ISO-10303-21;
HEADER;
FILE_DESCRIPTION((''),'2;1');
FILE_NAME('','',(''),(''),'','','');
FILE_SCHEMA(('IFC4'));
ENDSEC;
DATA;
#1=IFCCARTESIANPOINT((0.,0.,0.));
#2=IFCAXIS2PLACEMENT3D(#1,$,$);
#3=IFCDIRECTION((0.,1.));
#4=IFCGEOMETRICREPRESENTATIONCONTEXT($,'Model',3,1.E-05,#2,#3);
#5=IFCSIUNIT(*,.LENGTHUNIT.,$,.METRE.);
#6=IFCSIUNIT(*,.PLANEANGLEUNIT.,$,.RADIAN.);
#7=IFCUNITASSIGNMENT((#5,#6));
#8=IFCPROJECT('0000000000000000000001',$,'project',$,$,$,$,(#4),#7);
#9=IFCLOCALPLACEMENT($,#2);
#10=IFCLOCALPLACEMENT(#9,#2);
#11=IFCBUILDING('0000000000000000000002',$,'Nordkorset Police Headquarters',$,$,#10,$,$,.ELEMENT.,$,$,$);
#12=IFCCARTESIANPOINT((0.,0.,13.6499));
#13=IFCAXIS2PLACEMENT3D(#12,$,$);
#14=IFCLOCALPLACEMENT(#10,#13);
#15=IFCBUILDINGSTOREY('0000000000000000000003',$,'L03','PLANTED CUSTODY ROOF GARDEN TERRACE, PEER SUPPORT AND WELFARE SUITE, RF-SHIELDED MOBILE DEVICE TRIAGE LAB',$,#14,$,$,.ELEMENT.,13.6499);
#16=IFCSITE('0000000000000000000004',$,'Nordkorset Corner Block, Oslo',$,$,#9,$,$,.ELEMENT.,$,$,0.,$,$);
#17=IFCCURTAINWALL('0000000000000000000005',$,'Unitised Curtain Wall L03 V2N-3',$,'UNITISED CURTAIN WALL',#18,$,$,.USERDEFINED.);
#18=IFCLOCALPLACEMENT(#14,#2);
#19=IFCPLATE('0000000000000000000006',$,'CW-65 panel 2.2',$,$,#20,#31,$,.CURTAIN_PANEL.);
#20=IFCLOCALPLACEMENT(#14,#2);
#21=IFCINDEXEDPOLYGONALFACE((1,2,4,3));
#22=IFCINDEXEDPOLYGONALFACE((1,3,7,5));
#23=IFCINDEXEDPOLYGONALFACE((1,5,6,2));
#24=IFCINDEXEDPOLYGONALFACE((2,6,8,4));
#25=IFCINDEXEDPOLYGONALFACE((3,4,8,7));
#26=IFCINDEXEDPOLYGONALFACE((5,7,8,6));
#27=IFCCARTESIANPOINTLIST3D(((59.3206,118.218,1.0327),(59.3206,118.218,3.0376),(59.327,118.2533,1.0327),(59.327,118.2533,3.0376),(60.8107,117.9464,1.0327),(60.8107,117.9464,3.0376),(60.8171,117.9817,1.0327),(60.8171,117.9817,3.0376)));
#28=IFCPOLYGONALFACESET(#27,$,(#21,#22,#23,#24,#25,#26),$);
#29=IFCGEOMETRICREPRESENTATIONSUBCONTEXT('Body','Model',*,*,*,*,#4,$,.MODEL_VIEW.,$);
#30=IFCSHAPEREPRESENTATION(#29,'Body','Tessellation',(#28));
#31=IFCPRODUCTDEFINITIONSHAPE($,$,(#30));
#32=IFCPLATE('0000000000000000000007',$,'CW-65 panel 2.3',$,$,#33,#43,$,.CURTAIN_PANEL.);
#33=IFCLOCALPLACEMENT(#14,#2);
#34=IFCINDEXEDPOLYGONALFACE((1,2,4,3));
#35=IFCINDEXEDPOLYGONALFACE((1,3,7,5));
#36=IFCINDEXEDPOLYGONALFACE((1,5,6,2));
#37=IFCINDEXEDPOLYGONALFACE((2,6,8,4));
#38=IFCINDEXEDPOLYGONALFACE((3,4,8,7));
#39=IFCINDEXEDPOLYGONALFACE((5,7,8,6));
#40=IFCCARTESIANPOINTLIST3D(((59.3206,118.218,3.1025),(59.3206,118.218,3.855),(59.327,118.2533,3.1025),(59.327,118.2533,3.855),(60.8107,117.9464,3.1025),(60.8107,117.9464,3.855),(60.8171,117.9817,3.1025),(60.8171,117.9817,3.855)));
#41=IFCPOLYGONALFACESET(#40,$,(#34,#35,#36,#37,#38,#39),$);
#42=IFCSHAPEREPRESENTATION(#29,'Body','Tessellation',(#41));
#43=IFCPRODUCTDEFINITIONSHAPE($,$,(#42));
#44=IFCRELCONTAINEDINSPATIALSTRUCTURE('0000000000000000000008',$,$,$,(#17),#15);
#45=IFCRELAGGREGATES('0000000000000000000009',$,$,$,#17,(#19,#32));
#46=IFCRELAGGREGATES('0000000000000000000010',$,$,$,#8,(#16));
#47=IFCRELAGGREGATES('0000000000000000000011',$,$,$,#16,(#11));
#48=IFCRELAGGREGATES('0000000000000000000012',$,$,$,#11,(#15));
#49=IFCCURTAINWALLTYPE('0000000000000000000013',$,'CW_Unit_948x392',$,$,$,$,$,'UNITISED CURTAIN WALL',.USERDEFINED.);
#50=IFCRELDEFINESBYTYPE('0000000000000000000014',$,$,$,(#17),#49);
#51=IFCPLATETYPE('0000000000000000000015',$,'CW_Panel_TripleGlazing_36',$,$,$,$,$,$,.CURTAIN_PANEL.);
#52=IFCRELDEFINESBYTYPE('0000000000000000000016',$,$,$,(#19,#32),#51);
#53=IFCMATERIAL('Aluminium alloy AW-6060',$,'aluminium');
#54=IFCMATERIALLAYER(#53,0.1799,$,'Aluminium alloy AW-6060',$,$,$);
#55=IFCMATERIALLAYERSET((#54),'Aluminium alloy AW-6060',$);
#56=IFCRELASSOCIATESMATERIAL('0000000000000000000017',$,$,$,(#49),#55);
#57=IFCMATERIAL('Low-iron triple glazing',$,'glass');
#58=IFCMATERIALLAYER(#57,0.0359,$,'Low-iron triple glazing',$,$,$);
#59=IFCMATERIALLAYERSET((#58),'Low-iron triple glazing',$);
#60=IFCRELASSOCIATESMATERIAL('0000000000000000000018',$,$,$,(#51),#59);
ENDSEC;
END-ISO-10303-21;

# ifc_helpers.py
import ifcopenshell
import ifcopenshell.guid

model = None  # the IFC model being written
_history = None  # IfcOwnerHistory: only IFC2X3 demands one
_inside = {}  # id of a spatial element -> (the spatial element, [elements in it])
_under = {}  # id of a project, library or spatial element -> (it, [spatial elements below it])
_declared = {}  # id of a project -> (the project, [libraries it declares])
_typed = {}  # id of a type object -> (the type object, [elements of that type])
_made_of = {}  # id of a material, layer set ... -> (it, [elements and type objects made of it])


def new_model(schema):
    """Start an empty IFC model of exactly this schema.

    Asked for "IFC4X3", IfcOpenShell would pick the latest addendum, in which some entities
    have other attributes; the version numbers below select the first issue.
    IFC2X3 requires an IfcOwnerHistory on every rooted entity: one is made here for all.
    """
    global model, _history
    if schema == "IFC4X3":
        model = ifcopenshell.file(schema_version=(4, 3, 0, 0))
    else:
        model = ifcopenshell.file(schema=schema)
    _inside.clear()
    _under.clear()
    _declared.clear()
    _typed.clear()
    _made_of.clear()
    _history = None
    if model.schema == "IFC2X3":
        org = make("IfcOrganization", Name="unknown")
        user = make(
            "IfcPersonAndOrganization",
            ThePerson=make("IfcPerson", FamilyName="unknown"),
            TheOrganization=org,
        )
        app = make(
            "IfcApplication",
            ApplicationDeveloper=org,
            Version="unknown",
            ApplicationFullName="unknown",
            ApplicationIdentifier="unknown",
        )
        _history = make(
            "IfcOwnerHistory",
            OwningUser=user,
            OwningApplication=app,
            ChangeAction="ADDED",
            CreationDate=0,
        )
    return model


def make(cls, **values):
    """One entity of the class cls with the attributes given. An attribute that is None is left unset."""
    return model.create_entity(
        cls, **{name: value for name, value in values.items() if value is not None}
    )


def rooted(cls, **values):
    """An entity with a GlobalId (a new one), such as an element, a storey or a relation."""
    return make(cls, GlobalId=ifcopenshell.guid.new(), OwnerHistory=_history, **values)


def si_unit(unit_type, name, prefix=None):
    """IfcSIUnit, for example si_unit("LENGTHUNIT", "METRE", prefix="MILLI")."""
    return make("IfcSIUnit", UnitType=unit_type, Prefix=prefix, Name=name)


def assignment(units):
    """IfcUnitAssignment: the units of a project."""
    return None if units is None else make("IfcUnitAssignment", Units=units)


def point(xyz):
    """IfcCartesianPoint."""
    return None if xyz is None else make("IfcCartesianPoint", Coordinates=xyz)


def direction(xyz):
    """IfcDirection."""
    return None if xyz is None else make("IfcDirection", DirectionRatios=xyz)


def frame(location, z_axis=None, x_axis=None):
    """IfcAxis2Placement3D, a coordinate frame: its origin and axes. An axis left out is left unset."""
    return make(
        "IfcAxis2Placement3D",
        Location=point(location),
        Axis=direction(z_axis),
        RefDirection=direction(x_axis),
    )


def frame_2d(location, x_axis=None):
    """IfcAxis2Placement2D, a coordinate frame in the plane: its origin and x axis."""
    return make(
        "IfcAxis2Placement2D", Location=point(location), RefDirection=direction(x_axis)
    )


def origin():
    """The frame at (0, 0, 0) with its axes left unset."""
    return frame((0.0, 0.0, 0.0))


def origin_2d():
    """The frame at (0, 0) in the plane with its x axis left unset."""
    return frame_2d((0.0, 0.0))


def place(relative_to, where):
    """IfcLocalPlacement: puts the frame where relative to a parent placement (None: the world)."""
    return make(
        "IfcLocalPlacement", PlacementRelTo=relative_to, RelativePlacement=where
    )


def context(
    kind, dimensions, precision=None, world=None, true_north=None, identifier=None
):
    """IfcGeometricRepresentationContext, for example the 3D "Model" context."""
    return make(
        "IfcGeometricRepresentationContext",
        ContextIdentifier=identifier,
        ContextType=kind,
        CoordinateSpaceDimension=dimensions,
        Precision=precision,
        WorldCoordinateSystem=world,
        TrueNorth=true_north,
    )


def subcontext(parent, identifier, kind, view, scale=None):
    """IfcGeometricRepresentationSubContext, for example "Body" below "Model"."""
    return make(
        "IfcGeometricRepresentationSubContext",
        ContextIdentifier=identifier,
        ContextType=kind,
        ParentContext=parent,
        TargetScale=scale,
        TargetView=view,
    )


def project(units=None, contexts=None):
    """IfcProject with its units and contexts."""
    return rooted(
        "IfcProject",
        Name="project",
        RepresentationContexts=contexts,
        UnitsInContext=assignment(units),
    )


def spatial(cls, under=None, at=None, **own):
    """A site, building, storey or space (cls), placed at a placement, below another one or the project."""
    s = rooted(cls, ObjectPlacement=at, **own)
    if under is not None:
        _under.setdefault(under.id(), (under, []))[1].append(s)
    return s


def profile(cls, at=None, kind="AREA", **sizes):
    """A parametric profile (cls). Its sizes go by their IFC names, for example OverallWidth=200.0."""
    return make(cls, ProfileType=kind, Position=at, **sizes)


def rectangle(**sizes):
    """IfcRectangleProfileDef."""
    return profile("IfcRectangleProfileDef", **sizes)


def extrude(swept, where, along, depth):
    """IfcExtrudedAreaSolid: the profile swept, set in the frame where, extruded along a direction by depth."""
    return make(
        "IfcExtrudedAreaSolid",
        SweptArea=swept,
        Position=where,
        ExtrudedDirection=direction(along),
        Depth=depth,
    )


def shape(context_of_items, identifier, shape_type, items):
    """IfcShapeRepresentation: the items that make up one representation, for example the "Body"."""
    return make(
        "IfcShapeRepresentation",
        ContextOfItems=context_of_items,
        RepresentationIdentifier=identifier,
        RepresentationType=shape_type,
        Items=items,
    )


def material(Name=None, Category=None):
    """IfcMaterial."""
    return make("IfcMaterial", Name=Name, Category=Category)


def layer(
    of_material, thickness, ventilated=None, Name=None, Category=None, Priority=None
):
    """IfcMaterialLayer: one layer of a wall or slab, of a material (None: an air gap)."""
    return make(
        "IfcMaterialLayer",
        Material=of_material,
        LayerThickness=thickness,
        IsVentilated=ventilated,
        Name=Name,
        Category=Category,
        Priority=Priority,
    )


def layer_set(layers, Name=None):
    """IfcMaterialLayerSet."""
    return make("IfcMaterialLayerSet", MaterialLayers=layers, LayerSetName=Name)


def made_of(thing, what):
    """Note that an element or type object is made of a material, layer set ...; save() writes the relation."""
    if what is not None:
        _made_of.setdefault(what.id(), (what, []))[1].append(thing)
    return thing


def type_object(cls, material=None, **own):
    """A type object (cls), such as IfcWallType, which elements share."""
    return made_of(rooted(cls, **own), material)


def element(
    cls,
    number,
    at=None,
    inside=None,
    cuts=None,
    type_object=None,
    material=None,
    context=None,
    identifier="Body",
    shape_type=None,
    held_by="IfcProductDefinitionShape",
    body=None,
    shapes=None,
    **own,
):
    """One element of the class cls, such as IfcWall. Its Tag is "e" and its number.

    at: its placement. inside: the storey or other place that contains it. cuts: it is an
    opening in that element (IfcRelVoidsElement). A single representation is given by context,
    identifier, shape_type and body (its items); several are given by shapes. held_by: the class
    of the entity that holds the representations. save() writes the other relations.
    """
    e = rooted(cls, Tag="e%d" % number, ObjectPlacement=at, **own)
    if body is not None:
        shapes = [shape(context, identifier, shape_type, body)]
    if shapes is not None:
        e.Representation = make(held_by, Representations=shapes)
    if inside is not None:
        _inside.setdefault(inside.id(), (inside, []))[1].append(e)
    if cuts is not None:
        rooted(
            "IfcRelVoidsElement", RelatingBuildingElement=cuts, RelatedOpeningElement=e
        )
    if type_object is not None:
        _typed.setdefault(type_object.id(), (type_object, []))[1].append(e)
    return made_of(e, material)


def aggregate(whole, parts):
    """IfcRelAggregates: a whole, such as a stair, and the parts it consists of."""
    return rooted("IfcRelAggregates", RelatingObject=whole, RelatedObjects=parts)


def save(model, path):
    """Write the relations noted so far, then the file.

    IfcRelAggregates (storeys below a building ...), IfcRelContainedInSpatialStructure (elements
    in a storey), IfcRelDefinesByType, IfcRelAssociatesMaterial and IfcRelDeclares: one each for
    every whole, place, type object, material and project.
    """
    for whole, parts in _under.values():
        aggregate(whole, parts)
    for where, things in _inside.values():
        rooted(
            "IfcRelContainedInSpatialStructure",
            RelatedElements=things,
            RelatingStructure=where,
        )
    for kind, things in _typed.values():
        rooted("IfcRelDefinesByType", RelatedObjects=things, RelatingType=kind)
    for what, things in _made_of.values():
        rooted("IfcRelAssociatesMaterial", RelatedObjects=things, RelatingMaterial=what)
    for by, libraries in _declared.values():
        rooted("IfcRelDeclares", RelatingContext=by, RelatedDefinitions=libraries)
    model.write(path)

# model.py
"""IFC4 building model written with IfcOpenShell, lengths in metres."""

from ifc_helpers import new_model, si_unit, direction, frame, origin, origin_2d, place, context, subcontext, project, spatial, rectangle, extrude, material, layer, layer_set, type_object, element, aggregate, save


model = new_model("IFC4")

# Units and contexts
model_context = context("Model", 3, precision=1e-05, world=origin(), true_north=direction((0.0, 1.0)))
body_context = subcontext(model_context, "Body", "Model", "MODEL_VIEW")
ifc_project = project(units=[si_unit("LENGTHUNIT", "METRE"), si_unit("PLANEANGLEUNIT", "RADIAN")], contexts=[model_context])

# Site, building, storey
site_placement = place(None, origin())
site = spatial("IfcSite", under=ifc_project, at=site_placement, Name="Nordkorset Corner Block, Oslo", CompositionType="ELEMENT", RefElevation=0.0)
building_placement = place(site_placement, origin())
building = spatial("IfcBuilding", under=site, at=building_placement, Name="Nordkorset Police Headquarters", CompositionType="ELEMENT")
storey_placement = place(building_placement, frame((0.0, 0.0, 13.6499)))
storey = spatial("IfcBuildingStorey", under=building, at=storey_placement, Name="L03", Description="PLANTED CUSTODY ROOF GARDEN TERRACE, PEER SUPPORT AND WELFARE SUITE, RF-SHIELDED MOBILE DEVICE TRIAGE LAB", CompositionType="ELEMENT", Elevation=13.6499)

# Curtain wall
ifc_material_1 = material(Name="Aluminium alloy AW-6060", Category="aluminium")
ifc_layer_1 = layer(ifc_material_1, 0.1799, Name="Aluminium alloy AW-6060")
ifc_layer_set_1 = layer_set([ifc_layer_1], Name="Aluminium alloy AW-6060")
curtain_wall_type_1 = type_object("IfcCurtainWallType", Name="CW_Unit_948x392", ElementType="UNITISED CURTAIN WALL", PredefinedType="USERDEFINED", material=ifc_layer_set_1)
curtain_wall_1_placement = place(storey_placement, origin())
curtain_wall_1 = element("IfcCurtainWall", 1, at=curtain_wall_1_placement, inside=storey, type_object=curtain_wall_type_1, Name="Unitised Curtain Wall L03 V2N-3", ObjectType="UNITISED CURTAIN WALL", PredefinedType="USERDEFINED")

# Plates
ifc_material_2 = material(Name="Low-iron triple glazing", Category="glass")
ifc_layer_2 = layer(ifc_material_2, 0.0359, Name="Low-iron triple glazing")
ifc_layer_set_2 = layer_set([ifc_layer_2], Name="Low-iron triple glazing")
plate_type = type_object("IfcPlateType", Name="CW_Panel_TripleGlazing_36", PredefinedType="CURTAIN_PANEL", material=ifc_layer_set_2)
plate_1_placement = place(storey_placement, frame((60.0688, 118.0999, 1.0327), z_axis=(0.0, 0.0, 1.0), x_axis=(0.983788, -0.179336, 0.0)))
plate_1 = element("IfcPlate", 2, at=plate_1_placement, type_object=plate_type, Name="CW-65 panel 2.2", PredefinedType="CURTAIN_PANEL", context=body_context, shape_type="SweptSolid", body=[
    extrude(rectangle(XDim=1.5146, YDim=0.0359, at=origin_2d()), origin(), (0.0, 0.0, 1.0), 2.0049),
])
plate_2_placement = place(storey_placement, frame((60.0688, 118.0999, 3.1025), z_axis=(0.0, 0.0, 1.0), x_axis=(0.983788, -0.179336, 0.0)))
plate_2 = element("IfcPlate", 3, at=plate_2_placement, type_object=plate_type, Name="CW-65 panel 2.3", PredefinedType="CURTAIN_PANEL", context=body_context, shape_type="SweptSolid", body=[
    extrude(rectangle(XDim=1.5146, YDim=0.0359, at=origin_2d()), origin(), (0.0, 0.0, 1.0), 0.7524),
])
aggregate(curtain_wall_1, [plate_1, plate_2])

save(model, "model.ifc")
